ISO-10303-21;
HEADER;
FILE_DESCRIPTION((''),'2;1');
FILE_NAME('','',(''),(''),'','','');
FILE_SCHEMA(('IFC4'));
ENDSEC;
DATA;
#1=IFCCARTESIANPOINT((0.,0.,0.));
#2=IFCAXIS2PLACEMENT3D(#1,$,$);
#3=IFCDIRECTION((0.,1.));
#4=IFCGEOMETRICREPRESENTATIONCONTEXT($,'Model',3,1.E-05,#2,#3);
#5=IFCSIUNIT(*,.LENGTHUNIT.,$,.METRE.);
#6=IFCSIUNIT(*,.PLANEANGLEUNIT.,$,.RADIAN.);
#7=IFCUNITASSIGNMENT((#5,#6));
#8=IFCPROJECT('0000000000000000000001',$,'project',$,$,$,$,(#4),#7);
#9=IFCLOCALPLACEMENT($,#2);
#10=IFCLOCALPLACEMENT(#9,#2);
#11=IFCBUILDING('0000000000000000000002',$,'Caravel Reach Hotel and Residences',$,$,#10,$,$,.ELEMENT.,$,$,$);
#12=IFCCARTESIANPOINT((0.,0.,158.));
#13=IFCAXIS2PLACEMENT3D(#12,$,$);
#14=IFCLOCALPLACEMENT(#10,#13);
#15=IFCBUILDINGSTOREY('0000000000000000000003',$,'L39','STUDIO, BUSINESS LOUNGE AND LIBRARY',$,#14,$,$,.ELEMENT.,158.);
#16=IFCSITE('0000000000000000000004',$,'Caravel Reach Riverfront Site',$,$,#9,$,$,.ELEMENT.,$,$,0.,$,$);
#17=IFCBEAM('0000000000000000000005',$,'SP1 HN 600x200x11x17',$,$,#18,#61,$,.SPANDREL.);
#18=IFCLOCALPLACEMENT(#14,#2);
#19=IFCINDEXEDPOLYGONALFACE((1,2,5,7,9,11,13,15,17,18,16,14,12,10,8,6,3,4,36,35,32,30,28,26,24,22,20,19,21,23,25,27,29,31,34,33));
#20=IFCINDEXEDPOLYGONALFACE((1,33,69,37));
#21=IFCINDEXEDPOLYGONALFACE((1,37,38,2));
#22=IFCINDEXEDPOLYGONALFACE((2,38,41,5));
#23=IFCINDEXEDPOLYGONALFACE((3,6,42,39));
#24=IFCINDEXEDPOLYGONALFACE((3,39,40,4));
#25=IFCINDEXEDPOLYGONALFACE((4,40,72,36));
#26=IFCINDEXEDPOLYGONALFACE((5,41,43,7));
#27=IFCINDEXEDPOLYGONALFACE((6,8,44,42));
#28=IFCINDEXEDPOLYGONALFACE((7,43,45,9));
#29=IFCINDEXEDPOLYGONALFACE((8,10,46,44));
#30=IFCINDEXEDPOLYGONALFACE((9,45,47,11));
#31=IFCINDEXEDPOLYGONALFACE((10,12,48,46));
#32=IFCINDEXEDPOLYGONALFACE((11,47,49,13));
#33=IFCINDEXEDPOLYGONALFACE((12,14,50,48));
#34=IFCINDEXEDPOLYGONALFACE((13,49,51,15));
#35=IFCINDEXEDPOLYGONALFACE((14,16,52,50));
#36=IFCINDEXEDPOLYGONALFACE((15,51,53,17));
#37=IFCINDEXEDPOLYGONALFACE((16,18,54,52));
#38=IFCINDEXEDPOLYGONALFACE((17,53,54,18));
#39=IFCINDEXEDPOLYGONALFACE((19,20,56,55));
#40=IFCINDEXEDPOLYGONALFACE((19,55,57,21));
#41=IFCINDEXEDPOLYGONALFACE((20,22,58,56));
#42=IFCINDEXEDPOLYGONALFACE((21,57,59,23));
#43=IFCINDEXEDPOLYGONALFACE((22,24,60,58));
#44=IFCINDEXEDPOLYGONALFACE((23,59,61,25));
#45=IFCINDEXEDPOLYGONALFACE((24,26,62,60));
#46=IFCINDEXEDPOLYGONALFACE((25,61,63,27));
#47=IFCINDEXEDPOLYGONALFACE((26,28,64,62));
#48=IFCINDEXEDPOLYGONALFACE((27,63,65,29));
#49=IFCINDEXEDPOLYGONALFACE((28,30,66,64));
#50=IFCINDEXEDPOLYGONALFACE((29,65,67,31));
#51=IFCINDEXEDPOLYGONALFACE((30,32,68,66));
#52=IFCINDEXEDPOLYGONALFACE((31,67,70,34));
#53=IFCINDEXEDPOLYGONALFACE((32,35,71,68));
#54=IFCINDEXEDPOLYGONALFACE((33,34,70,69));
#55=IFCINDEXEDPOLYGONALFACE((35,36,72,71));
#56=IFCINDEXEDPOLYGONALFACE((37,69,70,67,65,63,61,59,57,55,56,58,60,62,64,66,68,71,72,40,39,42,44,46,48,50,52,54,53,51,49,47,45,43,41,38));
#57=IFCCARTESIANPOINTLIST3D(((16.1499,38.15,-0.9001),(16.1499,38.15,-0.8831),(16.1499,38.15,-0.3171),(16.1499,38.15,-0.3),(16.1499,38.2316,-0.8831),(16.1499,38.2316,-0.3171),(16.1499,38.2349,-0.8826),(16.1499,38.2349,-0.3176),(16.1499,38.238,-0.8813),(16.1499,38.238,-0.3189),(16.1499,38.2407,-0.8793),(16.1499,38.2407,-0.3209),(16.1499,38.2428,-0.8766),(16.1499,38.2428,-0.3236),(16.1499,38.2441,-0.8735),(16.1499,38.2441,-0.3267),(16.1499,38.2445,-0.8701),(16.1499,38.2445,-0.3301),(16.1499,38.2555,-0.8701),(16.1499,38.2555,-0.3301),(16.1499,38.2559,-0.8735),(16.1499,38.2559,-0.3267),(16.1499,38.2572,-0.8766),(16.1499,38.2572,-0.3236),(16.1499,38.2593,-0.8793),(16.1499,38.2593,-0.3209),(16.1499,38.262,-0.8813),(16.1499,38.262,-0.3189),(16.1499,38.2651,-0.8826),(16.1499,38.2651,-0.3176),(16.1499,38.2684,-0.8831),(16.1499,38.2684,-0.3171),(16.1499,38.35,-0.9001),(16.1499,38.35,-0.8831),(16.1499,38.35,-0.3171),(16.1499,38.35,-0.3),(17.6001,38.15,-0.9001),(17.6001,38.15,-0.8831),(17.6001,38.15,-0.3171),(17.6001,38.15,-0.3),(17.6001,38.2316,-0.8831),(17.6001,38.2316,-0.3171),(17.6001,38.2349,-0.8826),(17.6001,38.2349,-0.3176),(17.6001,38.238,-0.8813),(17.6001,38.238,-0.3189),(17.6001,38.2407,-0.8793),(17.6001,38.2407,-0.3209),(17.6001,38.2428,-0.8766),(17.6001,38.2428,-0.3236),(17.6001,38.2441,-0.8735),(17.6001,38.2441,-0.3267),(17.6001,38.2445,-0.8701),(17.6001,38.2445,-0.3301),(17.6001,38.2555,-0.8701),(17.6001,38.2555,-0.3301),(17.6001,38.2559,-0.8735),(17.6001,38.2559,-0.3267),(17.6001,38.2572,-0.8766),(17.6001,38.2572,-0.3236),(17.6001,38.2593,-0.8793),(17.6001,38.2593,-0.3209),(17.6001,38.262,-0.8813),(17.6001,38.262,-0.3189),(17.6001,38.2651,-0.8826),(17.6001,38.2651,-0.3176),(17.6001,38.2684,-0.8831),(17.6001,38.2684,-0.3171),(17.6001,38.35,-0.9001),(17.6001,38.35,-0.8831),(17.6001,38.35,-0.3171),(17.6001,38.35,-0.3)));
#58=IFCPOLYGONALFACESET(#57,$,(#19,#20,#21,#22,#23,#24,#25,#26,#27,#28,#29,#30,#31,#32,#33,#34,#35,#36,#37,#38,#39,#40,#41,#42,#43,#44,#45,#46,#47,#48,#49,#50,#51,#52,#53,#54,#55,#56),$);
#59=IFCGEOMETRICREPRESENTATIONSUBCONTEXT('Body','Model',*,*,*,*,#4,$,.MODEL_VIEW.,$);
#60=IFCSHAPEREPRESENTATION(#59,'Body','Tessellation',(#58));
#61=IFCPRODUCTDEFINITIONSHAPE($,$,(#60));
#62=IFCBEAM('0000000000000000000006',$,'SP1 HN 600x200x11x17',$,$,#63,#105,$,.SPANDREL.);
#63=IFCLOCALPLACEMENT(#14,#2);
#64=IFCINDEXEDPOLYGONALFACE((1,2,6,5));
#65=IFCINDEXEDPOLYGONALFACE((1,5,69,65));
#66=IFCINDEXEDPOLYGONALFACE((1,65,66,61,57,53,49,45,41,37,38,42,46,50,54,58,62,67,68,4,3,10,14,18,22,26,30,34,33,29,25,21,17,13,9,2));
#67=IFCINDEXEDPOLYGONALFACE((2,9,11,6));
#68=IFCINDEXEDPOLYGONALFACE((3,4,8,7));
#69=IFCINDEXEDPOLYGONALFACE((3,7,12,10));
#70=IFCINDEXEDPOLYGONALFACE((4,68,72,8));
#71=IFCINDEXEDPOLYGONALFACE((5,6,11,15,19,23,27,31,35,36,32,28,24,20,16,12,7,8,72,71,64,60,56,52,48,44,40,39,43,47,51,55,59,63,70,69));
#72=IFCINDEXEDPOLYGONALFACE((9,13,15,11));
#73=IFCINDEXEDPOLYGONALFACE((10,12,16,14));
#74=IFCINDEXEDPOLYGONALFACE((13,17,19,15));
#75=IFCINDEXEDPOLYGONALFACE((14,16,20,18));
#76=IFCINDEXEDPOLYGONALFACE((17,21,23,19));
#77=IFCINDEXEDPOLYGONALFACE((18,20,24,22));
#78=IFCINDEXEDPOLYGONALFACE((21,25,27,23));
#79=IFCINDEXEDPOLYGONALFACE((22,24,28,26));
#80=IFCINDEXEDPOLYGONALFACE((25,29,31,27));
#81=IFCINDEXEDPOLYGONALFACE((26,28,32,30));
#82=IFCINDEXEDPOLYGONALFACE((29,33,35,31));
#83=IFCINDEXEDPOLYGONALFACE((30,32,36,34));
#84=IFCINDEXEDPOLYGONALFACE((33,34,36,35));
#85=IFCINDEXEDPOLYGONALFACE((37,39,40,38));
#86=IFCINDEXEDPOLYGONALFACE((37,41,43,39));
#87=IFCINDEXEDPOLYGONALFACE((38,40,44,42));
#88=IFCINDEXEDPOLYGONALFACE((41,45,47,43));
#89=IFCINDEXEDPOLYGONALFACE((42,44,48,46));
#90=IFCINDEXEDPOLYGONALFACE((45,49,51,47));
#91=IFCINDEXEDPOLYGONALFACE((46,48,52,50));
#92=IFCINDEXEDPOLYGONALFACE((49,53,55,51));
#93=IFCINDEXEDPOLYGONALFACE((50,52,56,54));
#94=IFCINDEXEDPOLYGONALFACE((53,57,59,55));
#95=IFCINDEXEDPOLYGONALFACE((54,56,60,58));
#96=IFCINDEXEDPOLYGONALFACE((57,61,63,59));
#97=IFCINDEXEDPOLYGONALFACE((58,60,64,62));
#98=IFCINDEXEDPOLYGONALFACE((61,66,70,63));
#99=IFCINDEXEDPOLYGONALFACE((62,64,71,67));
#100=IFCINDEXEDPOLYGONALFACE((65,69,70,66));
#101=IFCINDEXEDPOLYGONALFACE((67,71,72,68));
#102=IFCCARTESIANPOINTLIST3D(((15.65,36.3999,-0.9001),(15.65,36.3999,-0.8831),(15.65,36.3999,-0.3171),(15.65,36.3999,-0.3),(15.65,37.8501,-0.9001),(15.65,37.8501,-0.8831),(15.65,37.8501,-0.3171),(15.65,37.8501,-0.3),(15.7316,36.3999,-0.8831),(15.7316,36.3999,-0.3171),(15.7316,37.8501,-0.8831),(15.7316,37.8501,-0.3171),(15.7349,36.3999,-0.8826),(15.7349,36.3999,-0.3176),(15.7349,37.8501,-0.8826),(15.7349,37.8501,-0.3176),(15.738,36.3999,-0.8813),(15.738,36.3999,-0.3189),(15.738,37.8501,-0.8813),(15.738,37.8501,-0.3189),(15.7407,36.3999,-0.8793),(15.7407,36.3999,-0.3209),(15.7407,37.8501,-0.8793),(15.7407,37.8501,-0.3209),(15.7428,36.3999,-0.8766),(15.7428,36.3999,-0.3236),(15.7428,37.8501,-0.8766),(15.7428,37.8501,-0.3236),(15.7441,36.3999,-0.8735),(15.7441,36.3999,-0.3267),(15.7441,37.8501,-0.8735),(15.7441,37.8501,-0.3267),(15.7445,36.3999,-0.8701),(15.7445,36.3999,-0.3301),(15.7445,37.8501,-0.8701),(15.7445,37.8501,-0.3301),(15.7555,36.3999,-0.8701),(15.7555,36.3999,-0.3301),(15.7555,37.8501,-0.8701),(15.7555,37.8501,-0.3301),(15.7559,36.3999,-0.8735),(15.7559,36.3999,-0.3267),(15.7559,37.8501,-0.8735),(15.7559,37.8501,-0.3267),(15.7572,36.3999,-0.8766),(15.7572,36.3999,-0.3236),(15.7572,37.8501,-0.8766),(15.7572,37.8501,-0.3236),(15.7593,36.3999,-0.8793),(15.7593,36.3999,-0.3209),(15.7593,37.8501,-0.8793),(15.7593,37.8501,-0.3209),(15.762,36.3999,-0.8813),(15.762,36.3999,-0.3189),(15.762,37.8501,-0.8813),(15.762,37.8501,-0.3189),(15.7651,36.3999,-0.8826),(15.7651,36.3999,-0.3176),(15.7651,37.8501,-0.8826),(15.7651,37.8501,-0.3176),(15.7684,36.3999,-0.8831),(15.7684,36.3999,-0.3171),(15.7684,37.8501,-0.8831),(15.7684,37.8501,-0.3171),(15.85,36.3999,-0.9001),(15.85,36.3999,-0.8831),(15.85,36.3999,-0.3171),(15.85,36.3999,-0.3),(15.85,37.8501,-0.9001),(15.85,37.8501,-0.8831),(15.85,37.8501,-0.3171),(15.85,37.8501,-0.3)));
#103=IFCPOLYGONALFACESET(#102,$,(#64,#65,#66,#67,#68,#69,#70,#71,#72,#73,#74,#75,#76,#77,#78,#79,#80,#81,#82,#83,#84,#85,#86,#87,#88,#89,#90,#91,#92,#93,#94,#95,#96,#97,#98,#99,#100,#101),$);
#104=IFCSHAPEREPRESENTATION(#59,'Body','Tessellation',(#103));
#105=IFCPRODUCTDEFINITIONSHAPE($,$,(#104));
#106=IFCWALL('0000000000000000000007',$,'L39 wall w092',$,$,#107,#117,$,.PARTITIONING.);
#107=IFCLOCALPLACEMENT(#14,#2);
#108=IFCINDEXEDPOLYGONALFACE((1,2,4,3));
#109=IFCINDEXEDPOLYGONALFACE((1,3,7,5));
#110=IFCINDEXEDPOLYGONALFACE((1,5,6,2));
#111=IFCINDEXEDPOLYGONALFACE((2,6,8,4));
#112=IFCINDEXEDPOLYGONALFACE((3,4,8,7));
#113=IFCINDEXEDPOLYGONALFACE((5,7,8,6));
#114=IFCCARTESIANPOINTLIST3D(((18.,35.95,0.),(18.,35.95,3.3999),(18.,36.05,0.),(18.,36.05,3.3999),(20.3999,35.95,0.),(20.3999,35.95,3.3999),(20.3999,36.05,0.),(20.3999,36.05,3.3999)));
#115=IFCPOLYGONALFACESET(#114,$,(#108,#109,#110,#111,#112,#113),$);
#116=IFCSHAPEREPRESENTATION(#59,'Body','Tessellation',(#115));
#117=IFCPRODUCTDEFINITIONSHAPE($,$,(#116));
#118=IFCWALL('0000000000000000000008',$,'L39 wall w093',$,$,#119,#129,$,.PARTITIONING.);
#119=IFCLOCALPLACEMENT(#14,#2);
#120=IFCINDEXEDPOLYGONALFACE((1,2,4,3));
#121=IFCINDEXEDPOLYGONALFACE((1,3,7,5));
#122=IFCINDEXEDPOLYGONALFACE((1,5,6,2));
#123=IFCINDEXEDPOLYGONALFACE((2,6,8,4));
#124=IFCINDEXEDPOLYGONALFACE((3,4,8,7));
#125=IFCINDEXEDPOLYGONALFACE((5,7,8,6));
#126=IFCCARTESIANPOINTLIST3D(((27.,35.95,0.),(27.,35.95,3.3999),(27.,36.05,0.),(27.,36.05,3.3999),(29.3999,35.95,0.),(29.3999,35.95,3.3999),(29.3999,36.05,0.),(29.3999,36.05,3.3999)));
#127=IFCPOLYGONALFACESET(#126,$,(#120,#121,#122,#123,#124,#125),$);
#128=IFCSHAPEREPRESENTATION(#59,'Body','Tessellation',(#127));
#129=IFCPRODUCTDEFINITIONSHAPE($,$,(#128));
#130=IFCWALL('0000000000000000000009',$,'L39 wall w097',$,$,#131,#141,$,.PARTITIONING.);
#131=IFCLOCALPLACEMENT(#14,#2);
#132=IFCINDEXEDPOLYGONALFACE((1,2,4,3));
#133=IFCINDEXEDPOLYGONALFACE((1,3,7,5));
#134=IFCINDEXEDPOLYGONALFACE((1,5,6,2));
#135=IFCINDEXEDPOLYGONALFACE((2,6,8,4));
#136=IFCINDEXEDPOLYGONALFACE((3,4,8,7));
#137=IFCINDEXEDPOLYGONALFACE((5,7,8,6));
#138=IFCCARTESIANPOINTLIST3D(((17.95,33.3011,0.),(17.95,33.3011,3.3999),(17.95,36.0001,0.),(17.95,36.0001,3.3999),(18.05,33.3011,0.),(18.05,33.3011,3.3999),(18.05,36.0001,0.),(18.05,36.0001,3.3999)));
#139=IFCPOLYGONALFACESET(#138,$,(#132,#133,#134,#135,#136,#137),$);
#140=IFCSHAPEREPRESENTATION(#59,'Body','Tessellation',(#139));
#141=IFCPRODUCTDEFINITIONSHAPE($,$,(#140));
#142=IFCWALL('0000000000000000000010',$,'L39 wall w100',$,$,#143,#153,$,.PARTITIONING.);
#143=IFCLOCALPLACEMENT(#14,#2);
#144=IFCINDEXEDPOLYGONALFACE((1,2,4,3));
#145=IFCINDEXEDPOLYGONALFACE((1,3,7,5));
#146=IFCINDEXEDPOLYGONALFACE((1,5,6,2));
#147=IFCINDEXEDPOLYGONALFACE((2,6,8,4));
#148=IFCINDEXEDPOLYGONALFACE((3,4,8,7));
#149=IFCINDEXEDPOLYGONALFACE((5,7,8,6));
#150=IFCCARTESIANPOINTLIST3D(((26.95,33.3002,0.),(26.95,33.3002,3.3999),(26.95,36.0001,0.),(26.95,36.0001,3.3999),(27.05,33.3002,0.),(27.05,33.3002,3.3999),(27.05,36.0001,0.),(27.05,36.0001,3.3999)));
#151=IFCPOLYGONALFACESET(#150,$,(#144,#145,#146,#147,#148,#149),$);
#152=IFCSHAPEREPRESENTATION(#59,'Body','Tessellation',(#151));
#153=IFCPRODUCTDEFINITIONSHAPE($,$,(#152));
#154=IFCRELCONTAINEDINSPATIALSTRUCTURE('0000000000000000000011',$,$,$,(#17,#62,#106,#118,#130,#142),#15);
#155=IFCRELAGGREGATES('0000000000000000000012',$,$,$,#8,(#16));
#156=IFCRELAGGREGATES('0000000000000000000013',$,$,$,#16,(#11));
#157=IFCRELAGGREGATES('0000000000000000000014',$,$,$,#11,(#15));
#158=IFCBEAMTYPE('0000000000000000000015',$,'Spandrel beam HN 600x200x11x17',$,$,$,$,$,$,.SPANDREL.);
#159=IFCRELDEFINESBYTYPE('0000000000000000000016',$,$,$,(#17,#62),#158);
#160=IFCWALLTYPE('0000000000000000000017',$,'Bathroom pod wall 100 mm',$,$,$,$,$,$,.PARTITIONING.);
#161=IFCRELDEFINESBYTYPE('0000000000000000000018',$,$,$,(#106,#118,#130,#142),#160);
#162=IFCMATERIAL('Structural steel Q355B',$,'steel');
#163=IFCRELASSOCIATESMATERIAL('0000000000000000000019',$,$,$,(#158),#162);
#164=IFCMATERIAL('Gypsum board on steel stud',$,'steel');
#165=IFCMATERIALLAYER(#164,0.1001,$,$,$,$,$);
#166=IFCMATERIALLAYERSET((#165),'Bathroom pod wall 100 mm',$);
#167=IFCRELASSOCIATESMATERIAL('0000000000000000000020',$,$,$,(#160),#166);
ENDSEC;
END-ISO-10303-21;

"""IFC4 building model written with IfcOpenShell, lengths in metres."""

from ifc_helpers import new_model, si_unit, direction, frame, frame_2d, origin, origin_2d, place, context, subcontext, project, spatial, rectangle, i_section, extrude, material, layer, layer_set, material_profile, profile_set, type_object, element, save


model = new_model("IFC4")

# Units and contexts
model_context = context("Model", 3, precision=1e-05, world=origin(), true_north=direction((0.0, 1.0)))
body_context = subcontext(model_context, "Body", "Model", "MODEL_VIEW")
ifc_project = project(units=[si_unit("LENGTHUNIT", "METRE"), si_unit("PLANEANGLEUNIT", "RADIAN")], contexts=[model_context])

# Site, building, storey
site_placement = place(None, origin())
site = spatial("IfcSite", under=ifc_project, at=site_placement, Name="Caravel Reach Riverfront Site", CompositionType="ELEMENT", RefElevation=0.0)
building_placement = place(site_placement, origin())
building = spatial("IfcBuilding", under=site, at=building_placement, Name="Caravel Reach Hotel and Residences", CompositionType="ELEMENT")
storey_placement = place(building_placement, frame((0.0, 0.0, 158.0)))
storey = spatial("IfcBuildingStorey", under=building, at=storey_placement, Name="L39", Description="STUDIO, BUSINESS LOUNGE AND LIBRARY", CompositionType="ELEMENT", Elevation=158.0)

# Beams
ifc_material_1 = material(Name="Structural steel Q355B", Category="steel")
ifc_material_profile_1 = material_profile(ifc_material_1, i_section(OverallWidth=0.2, OverallDepth=0.6001, WebThickness=0.011, FlangeThickness=0.0171, FilletRadius=0.0129, at=origin_2d()), Name="HN 600x200x11x17")
ifc_profile_set_1 = profile_set([ifc_material_profile_1], Name="Structural steel Q355B")
beam_type = type_object("IfcBeamType", Name="Spandrel beam HN 600x200x11x17", PredefinedType="SPANDREL", material=ifc_profile_set_1)
for number, where, z_axis, x_axis, name in (
    (1, (17.6001, 38.25, -0.6001), (-1.0, 0.0, 0.0), (0.0, -1.0, 0.0), "SP1 HN 600x200x11x17"),
    (2, (15.75, 37.8501, -0.6001), (0.0, -1.0, 0.0), (1.0, 0.0, 0.0), "SP1 HN 600x200x11x17"),
):
    element("IfcBeam", number, at=place(storey_placement, frame(where, z_axis=z_axis, x_axis=x_axis)), inside=storey, type_object=beam_type, Name=name, PredefinedType="SPANDREL", context=body_context, shape_type="SweptSolid", body=[
        extrude(i_section(OverallWidth=0.2, OverallDepth=0.6001, WebThickness=0.011, FlangeThickness=0.0171, FilletRadius=0.0129, at=origin_2d()), origin(), (0.0, 0.0, 1.0), 1.4502),
    ])

# Walls
ifc_material_2 = material(Name="Gypsum board on steel stud", Category="steel")
ifc_layer_1 = layer(ifc_material_2, 0.1001)
ifc_layer_set_1 = layer_set([ifc_layer_1], Name="Bathroom pod wall 100 mm")
wall_type_1 = type_object("IfcWallType", Name="Bathroom pod wall 100 mm", PredefinedType="PARTITIONING", material=ifc_layer_set_1)
for number, where, z_axis, x_axis, name in (
    (3, (18.0, 36.0, 0.0), (0.0, 0.0, 1.0), (1.0, 0.0, 0.0), "L39 wall w092"),
    (4, (27.0, 36.0, 0.0), (0.0, 0.0, 1.0), (1.0, 0.0, 0.0), "L39 wall w093"),
):
    element("IfcWall", number, at=place(storey_placement, frame(where, z_axis=z_axis, x_axis=x_axis)), inside=storey, type_object=wall_type_1, Name=name, PredefinedType="PARTITIONING", context=body_context, shape_type="SweptSolid", body=[
        extrude(rectangle(XDim=2.3999, YDim=0.1001, at=frame_2d((1.2, 0.0))), origin(), (0.0, 0.0, 1.0), 3.3999),
    ])
wall_1_placement = place(storey_placement, frame((18.0, 33.301, 0.0), z_axis=(0.0, 0.0, 1.0), x_axis=(0.0, 1.0, 0.0)))
element("IfcWall", 5, at=wall_1_placement, inside=storey, type_object=wall_type_1, Name="L39 wall w097", PredefinedType="PARTITIONING", context=body_context, shape_type="SweptSolid", body=[
    extrude(rectangle(XDim=2.699, YDim=0.1001, at=frame_2d((1.3496, 0.0))), origin(), (0.0, 0.0, 1.0), 3.3999),
])
wall_2_placement = place(storey_placement, frame((27.0, 33.3, 0.0), z_axis=(0.0, 0.0, 1.0), x_axis=(0.0, 1.0, 0.0)))
element("IfcWall", 6, at=wall_2_placement, inside=storey, type_object=wall_type_1, Name="L39 wall w100", PredefinedType="PARTITIONING", context=body_context, shape_type="SweptSolid", body=[
    extrude(rectangle(XDim=2.7, YDim=0.1001, at=frame_2d((1.3501, 0.0))), origin(), (0.0, 0.0, 1.0), 3.3999),
])

save(model, "model.ifc")
